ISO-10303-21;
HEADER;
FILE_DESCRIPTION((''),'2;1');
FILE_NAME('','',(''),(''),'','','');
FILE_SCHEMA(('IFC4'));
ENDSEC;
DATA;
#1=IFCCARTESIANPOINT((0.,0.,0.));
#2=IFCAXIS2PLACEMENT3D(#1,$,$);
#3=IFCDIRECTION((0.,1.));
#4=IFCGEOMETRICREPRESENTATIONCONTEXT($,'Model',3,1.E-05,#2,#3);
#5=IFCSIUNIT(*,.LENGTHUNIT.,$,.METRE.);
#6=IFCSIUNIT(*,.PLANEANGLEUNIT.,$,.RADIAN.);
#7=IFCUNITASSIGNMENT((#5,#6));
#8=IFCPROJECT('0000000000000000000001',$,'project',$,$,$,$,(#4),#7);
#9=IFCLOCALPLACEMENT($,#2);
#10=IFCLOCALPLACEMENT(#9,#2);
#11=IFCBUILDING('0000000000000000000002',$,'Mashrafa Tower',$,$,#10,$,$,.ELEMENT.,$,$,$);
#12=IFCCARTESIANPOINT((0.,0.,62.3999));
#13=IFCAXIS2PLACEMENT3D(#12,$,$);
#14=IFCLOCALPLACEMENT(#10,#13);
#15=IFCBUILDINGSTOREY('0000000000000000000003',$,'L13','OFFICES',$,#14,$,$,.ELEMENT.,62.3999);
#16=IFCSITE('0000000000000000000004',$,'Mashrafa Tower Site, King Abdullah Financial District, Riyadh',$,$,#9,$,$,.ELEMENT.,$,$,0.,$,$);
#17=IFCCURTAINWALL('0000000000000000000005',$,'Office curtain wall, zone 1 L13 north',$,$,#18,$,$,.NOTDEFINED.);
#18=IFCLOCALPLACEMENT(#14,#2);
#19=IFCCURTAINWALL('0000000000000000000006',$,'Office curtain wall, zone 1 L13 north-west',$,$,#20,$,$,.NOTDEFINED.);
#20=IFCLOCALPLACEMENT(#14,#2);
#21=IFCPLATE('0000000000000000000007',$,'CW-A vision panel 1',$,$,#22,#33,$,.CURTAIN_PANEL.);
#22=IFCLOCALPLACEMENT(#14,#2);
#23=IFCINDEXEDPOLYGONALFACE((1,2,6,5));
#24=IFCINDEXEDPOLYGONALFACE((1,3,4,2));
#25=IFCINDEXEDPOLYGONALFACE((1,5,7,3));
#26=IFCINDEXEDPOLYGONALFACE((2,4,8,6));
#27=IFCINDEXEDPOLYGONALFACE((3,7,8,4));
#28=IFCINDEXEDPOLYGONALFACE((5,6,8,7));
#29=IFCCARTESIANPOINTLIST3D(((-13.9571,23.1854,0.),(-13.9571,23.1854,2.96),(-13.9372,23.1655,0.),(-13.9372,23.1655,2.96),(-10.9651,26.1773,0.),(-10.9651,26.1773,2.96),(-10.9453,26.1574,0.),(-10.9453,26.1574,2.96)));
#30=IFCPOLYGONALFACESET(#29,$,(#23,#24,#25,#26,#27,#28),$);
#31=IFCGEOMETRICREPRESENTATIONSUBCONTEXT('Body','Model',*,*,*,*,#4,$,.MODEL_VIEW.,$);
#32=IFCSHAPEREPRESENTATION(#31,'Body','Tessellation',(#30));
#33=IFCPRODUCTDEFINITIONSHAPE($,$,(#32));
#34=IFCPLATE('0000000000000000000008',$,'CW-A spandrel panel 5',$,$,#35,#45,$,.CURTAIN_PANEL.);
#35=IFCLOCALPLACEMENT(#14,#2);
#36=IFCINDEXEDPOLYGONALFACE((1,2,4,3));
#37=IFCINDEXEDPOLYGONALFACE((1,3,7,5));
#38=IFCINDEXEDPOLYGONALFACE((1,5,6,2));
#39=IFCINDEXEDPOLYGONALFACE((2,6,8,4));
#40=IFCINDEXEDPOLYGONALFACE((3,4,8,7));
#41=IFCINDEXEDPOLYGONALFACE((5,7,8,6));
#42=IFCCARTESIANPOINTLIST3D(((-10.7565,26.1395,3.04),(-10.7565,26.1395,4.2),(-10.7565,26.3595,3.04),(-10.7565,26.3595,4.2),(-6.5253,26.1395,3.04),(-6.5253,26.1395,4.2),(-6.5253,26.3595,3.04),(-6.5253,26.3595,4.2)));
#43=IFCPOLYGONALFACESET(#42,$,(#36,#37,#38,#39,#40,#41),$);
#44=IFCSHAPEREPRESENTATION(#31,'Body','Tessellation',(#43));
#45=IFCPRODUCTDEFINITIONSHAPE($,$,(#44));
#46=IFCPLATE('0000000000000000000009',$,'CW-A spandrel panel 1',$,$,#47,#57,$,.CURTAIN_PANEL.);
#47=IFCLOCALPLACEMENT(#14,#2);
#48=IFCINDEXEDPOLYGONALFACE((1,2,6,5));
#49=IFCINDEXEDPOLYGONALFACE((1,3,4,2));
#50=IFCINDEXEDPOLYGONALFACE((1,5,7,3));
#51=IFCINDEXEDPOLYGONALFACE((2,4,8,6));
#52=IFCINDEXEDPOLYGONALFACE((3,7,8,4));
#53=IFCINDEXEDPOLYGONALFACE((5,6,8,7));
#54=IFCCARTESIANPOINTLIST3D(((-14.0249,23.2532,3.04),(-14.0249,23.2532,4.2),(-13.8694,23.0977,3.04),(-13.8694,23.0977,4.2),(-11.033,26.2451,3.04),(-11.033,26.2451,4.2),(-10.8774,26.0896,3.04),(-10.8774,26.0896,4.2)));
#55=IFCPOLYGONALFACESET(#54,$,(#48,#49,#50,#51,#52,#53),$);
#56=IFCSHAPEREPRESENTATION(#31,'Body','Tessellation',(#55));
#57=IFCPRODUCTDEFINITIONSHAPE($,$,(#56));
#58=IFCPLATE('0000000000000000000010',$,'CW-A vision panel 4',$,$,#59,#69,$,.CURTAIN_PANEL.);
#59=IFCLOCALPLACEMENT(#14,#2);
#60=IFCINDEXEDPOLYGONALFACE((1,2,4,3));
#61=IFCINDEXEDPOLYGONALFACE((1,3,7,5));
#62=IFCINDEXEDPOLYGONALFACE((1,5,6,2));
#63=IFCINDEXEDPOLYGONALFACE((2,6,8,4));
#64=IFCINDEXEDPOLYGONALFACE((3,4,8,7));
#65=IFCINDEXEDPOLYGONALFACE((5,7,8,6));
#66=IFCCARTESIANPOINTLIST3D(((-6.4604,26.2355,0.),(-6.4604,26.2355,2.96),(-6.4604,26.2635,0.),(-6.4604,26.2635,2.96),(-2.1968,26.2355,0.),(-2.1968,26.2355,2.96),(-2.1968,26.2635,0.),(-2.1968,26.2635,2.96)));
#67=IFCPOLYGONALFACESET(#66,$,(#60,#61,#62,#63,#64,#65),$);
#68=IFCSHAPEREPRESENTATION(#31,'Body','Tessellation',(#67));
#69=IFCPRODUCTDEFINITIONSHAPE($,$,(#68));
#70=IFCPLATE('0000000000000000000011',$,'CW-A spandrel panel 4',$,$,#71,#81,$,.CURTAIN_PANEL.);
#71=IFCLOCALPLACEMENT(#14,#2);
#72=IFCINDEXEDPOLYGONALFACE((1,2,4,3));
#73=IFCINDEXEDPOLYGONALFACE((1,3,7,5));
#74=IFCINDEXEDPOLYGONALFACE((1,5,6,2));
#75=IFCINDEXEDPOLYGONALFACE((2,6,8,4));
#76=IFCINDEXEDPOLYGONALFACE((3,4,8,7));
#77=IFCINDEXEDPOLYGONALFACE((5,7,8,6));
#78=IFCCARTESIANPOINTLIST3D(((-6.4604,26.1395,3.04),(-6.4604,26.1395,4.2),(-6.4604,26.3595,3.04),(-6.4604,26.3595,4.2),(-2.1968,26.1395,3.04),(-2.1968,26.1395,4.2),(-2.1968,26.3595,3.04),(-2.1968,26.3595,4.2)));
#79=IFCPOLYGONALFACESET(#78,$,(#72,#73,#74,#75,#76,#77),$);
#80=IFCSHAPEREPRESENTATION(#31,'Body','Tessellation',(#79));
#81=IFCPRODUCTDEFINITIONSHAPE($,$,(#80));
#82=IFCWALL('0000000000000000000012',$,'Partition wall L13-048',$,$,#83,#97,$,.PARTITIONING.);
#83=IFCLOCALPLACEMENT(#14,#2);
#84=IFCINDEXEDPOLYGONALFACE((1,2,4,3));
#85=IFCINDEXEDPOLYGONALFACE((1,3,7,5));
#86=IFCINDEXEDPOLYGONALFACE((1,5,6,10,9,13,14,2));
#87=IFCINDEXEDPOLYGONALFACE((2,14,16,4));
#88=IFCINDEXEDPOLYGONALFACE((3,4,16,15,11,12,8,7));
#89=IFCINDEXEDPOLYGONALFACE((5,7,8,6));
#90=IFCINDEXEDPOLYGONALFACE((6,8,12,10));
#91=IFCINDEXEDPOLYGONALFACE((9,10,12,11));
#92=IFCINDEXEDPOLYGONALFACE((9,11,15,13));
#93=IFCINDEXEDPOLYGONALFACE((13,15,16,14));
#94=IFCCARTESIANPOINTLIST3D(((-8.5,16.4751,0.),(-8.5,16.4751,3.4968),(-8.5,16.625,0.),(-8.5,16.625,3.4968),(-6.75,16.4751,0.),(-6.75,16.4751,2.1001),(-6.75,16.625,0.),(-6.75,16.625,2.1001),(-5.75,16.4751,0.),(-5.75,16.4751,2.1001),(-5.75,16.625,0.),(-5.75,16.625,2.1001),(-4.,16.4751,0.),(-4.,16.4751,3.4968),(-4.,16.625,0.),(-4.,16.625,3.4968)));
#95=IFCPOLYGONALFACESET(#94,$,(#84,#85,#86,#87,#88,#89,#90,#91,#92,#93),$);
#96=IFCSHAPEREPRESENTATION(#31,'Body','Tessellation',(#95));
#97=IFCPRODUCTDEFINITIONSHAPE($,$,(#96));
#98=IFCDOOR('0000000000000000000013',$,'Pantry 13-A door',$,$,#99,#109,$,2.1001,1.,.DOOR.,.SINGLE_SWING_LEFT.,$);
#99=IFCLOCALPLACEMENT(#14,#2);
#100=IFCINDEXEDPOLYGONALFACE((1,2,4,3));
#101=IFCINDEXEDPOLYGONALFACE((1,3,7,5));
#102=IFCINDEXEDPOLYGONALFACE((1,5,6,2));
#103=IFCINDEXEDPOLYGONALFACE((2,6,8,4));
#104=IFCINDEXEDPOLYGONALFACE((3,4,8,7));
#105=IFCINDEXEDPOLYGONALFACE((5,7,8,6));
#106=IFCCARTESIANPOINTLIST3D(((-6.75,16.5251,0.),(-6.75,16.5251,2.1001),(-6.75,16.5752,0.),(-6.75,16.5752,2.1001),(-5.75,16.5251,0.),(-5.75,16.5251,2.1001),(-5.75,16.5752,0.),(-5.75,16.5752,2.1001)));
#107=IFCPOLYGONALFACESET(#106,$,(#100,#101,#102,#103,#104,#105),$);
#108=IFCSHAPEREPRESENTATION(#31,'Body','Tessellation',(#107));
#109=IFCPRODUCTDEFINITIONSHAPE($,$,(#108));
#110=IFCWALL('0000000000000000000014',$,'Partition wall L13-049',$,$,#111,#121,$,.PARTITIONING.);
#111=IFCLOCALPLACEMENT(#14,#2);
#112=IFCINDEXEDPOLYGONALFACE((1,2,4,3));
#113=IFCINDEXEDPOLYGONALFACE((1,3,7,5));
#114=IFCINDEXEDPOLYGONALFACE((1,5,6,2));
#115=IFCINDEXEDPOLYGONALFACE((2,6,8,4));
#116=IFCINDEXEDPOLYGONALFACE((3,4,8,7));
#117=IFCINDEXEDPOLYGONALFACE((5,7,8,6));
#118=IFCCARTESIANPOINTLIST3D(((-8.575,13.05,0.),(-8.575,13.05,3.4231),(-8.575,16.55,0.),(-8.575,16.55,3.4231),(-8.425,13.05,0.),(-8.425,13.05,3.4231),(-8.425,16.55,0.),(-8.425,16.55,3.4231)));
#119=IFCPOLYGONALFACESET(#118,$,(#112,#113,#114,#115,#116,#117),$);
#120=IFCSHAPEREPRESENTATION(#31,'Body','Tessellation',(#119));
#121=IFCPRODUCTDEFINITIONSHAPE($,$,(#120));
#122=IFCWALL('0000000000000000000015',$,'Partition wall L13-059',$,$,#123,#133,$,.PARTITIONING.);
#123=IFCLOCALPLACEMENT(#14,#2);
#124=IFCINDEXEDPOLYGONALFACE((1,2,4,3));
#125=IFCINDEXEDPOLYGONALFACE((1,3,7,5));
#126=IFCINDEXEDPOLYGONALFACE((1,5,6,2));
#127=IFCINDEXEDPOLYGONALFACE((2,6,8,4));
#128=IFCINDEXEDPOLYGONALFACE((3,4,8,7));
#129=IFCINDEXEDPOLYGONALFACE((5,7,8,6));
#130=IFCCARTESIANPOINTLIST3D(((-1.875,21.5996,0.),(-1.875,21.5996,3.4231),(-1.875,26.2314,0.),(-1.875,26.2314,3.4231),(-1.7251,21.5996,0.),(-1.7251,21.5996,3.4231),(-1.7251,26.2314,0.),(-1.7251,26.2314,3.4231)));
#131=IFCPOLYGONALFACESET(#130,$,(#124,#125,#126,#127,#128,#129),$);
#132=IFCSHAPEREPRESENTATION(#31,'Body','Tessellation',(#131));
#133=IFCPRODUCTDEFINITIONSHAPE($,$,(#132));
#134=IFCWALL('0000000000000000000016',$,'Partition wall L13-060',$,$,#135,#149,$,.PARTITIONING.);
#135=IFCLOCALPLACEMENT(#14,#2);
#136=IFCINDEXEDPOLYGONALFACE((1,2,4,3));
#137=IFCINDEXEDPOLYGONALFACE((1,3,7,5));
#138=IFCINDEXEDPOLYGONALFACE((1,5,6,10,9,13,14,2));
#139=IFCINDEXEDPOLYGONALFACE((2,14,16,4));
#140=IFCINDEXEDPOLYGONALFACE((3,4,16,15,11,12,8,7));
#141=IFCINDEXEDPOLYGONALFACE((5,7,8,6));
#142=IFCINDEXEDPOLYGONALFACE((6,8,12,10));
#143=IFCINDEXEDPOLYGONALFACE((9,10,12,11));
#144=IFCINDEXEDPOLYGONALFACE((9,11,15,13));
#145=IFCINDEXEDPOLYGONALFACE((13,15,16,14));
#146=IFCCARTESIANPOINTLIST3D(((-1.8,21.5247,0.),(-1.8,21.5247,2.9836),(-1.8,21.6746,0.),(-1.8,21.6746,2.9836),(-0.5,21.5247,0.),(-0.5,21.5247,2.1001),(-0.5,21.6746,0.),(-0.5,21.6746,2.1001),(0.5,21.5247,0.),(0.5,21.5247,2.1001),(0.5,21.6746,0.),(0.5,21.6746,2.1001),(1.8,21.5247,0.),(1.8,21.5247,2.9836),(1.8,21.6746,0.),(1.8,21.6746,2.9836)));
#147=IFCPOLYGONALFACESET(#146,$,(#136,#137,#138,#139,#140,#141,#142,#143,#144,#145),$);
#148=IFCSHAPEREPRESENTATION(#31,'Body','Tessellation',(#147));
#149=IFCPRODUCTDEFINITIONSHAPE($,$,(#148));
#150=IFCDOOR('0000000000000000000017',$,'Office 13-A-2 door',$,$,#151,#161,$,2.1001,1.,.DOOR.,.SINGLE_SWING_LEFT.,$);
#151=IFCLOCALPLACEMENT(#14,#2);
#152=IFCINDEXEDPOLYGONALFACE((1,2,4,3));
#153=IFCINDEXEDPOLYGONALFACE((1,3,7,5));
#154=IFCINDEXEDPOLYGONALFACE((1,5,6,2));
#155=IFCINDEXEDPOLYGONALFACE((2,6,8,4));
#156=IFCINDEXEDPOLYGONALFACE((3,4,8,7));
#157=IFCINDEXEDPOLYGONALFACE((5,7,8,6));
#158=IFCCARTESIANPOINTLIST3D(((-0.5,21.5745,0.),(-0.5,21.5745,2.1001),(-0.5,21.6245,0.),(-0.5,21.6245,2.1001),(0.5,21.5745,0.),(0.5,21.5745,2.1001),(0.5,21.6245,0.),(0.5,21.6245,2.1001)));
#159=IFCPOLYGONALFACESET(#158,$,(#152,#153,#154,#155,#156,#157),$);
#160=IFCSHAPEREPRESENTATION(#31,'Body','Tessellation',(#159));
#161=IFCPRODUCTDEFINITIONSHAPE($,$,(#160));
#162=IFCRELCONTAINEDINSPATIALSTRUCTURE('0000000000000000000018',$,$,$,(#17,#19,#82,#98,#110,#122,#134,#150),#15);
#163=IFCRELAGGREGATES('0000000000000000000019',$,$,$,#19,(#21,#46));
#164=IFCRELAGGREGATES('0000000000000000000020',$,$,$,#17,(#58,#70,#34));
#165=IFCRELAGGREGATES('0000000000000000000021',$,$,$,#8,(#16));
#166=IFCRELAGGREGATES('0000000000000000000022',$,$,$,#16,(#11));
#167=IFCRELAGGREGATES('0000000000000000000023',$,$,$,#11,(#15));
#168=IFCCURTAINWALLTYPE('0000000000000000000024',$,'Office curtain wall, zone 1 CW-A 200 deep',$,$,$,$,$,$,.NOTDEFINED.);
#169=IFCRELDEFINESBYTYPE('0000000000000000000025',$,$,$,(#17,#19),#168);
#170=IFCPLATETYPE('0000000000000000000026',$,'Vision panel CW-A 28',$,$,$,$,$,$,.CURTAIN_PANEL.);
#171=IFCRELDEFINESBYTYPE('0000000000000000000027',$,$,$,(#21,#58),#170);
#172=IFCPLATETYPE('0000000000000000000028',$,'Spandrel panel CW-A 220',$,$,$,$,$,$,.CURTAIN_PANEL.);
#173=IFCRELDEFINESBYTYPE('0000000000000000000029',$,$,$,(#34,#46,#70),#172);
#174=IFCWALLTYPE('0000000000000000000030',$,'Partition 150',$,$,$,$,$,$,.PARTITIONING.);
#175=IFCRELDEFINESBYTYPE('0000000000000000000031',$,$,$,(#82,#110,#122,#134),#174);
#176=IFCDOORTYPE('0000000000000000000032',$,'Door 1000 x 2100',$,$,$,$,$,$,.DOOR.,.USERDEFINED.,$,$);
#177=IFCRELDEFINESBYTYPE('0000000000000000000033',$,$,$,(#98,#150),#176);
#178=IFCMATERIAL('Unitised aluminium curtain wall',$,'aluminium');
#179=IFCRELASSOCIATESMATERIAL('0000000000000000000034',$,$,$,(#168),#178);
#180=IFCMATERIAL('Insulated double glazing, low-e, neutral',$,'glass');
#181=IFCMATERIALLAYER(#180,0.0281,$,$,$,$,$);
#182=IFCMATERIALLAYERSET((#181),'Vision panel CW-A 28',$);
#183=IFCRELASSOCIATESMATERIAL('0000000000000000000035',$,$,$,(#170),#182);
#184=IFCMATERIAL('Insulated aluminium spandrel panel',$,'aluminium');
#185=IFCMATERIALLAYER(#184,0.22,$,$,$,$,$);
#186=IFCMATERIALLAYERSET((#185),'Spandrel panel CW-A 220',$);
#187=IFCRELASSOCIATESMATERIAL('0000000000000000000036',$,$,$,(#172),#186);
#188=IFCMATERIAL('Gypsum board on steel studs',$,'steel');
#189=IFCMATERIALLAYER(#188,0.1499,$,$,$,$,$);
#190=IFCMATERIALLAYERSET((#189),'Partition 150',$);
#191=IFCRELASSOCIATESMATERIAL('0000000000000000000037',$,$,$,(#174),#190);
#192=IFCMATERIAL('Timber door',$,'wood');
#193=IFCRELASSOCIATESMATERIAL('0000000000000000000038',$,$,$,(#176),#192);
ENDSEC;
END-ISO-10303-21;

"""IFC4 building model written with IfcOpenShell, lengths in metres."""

from ifc_helpers import new_model, si_unit, direction, frame, frame_2d, origin, origin_2d, place, context, subcontext, project, spatial, rectangle, extrude, source, transform, mapped, material, layer, layer_set, type_object, type_shapes, element, fill, aggregate, save


model = new_model("IFC4")

# Units and contexts
model_context = context("Model", 3, precision=1e-05, world=origin(), true_north=direction((0.0, 1.0)))
body_context = subcontext(model_context, "Body", "Model", "MODEL_VIEW")
ifc_project = project(units=[si_unit("LENGTHUNIT", "METRE"), si_unit("PLANEANGLEUNIT", "RADIAN")], contexts=[model_context])

# Site, building, storey
site_placement = place(None, origin())
site = spatial("IfcSite", under=ifc_project, at=site_placement, Name="Mashrafa Tower Site, King Abdullah Financial District, Riyadh", CompositionType="ELEMENT", RefElevation=0.0)
building_placement = place(site_placement, origin())
building = spatial("IfcBuilding", under=site, at=building_placement, Name="Mashrafa Tower", CompositionType="ELEMENT")
storey_placement = place(building_placement, frame((0.0, 0.0, 62.3999)))
storey = spatial("IfcBuildingStorey", under=building, at=storey_placement, Name="L13", Description="OFFICES", CompositionType="ELEMENT", Elevation=62.3999)

# Curtain walls
ifc_material_1 = material(Name="Unitised aluminium curtain wall", Category="aluminium")
curtain_wall_type = type_object("IfcCurtainWallType", Name="Office curtain wall, zone 1 CW-A 200 deep", PredefinedType="NOTDEFINED", material=ifc_material_1)
curtain_wall_1_placement = place(storey_placement, origin())
curtain_wall_1 = element("IfcCurtainWall", 1, at=curtain_wall_1_placement, inside=storey, type_object=curtain_wall_type, Name="Office curtain wall, zone 1 L13 north", PredefinedType="NOTDEFINED")
curtain_wall_2_placement = place(storey_placement, origin())
curtain_wall_2 = element("IfcCurtainWall", 2, at=curtain_wall_2_placement, inside=storey, type_object=curtain_wall_type, Name="Office curtain wall, zone 1 L13 north-west", PredefinedType="NOTDEFINED")

# Plates
ifc_material_2 = material(Name="Insulated double glazing, low-e, neutral", Category="glass")
ifc_layer_1 = layer(ifc_material_2, 0.0281)
ifc_layer_set_1 = layer_set([ifc_layer_1], Name="Vision panel CW-A 28")
plate_type_1 = type_object("IfcPlateType", Name="Vision panel CW-A 28", PredefinedType="CURTAIN_PANEL", material=ifc_layer_set_1)
shared_shape_1 = source(origin(), body_context, "Body", "SweptSolid", [
    extrude(rectangle(XDim=4.2312, YDim=0.0281, at=origin_2d()), origin(), (0.0, 0.0, 1.0), 2.96),
])
plate_1_placement = place(storey_placement, frame((-12.4512, 24.6714, 0.0), z_axis=(0.0, 0.0, 1.0), x_axis=(-0.707107, -0.707107, 0.0)))
plate_1 = element("IfcPlate", 3, at=plate_1_placement, type_object=plate_type_1, Name="CW-A vision panel 1", PredefinedType="CURTAIN_PANEL", context=body_context, shape_type="MappedRepresentation", body=[
    mapped(shared_shape_1, transform((0.0, 0.0, 0.0))),
])
ifc_material_3 = material(Name="Insulated aluminium spandrel panel", Category="aluminium")
ifc_layer_2 = layer(ifc_material_3, 0.22)
ifc_layer_set_2 = layer_set([ifc_layer_2], Name="Spandrel panel CW-A 220")
plate_type_2 = type_object("IfcPlateType", Name="Spandrel panel CW-A 220", PredefinedType="CURTAIN_PANEL", material=ifc_layer_set_2)
shared_shape_2 = source(origin(), body_context, "Body", "SweptSolid", [
    extrude(rectangle(XDim=4.2312, YDim=0.22, at=origin_2d()), origin(), (0.0, 0.0, 1.0), 1.1599),
])
plate_2_placement = place(storey_placement, frame((-8.6409, 26.2495, 3.04), z_axis=(0.0, 0.0, 1.0), x_axis=(-1.0, 0.0, 0.0)))
plate_2 = element("IfcPlate", 4, at=plate_2_placement, type_object=plate_type_2, Name="CW-A spandrel panel 5", PredefinedType="CURTAIN_PANEL", context=body_context, shape_type="MappedRepresentation", body=[
    mapped(shared_shape_2, transform((0.0, 0.0, 0.0))),
])
plate_3_placement = place(storey_placement, frame((-12.4512, 24.6714, 3.04), z_axis=(0.0, 0.0, 1.0), x_axis=(-0.707107, -0.707107, 0.0)))
plate_3 = element("IfcPlate", 5, at=plate_3_placement, type_object=plate_type_2, Name="CW-A spandrel panel 1", PredefinedType="CURTAIN_PANEL", context=body_context, shape_type="MappedRepresentation", body=[
    mapped(shared_shape_2, transform((0.0, 0.0, 0.0))),
])
aggregate(curtain_wall_2, [plate_1, plate_3])
shared_shape_3 = source(origin(), body_context, "Body", "SweptSolid", [
    extrude(rectangle(XDim=4.2637, YDim=0.0281, at=origin_2d()), origin(), (0.0, 0.0, 1.0), 2.96),
])
type_shapes(plate_type_1, [shared_shape_1, shared_shape_3])
plate_4_placement = place(storey_placement, frame((-4.3286, 26.2495, 0.0), z_axis=(0.0, 0.0, 1.0), x_axis=(-1.0, 0.0, 0.0)))
plate_4 = element("IfcPlate", 6, at=plate_4_placement, type_object=plate_type_1, Name="CW-A vision panel 4", PredefinedType="CURTAIN_PANEL", context=body_context, shape_type="MappedRepresentation", body=[
    mapped(shared_shape_3, transform((0.0, 0.0, 0.0))),
])
shared_shape_4 = source(origin(), body_context, "Body", "SweptSolid", [
    extrude(rectangle(XDim=4.2637, YDim=0.22, at=origin_2d()), origin(), (0.0, 0.0, 1.0), 1.1599),
])
type_shapes(plate_type_2, [shared_shape_2, shared_shape_4])
plate_5_placement = place(storey_placement, frame((-4.3286, 26.2495, 3.04), z_axis=(0.0, 0.0, 1.0), x_axis=(-1.0, 0.0, 0.0)))
plate_5 = element("IfcPlate", 7, at=plate_5_placement, type_object=plate_type_2, Name="CW-A spandrel panel 4", PredefinedType="CURTAIN_PANEL", context=body_context, shape_type="MappedRepresentation", body=[
    mapped(shared_shape_4, transform((0.0, 0.0, 0.0))),
])
aggregate(curtain_wall_1, [plate_4, plate_5, plate_2])

# Wall, opening, door
ifc_material_4 = material(Name="Gypsum board on steel studs", Category="steel")
ifc_layer_3 = layer(ifc_material_4, 0.1499)
ifc_layer_set_3 = layer_set([ifc_layer_3], Name="Partition 150")
wall_type = type_object("IfcWallType", Name="Partition 150", PredefinedType="PARTITIONING", material=ifc_layer_set_3)
wall_1_placement = place(storey_placement, frame((-4.0, 16.55, 0.0), z_axis=(0.0, 0.0, 1.0), x_axis=(-1.0, 0.0, 0.0)))
wall_1 = element("IfcWall", 8, at=wall_1_placement, inside=storey, type_object=wall_type, Name="Partition wall L13-048", PredefinedType="PARTITIONING", context=body_context, shape_type="SweptSolid", body=[
    extrude(rectangle(XDim=4.5, YDim=0.1499, at=frame_2d((2.25, 0.0))), origin(), (0.0, 0.0, 1.0), 3.4968),
])
opening_1_placement = place(wall_1_placement, frame((1.75, 0.0, 0.0)))
opening_1 = element("IfcOpeningElement", 9, at=opening_1_placement, cuts=wall_1, PredefinedType="OPENING", context=body_context, shape_type="SweptSolid", body=[
    extrude(rectangle(XDim=1.0, YDim=2.1001, at=frame_2d((0.5, 1.05))), frame((0.0, 0.085, 0.0), z_axis=(0.0, -1.0, 0.0), x_axis=(1.0, 0.0, 0.0)), (0.0, 0.0, 1.0), 0.1699),
])
ifc_material_5 = material(Name="Timber door", Category="wood")
door_type = type_object("IfcDoorType", Name="Door 1000 x 2100", OperationType="USERDEFINED", PredefinedType="DOOR", material=ifc_material_5)
door_1_placement = place(opening_1_placement, origin())
door_1 = element("IfcDoor", 10, at=door_1_placement, inside=storey, type_object=door_type, Name="Pantry 13-A door", OperationType="SINGLE_SWING_LEFT", OverallHeight=2.1001, OverallWidth=1.0, PredefinedType="DOOR", context=body_context, shape_type="SweptSolid", body=[
    extrude(rectangle(XDim=1.0, YDim=2.1001, at=frame_2d((0.5, 1.05))), frame((0.0, 0.0249, 0.0), z_axis=(0.0, -1.0, 0.0), x_axis=(1.0, 0.0, 0.0)), (0.0, 0.0, 1.0), 0.05),
])
fill(opening_1, door_1)

# Walls
wall_2_placement = place(storey_placement, frame((-8.5, 16.55, 0.0), z_axis=(0.0, 0.0, 1.0), x_axis=(0.0, -1.0, 0.0)))
element("IfcWall", 11, at=wall_2_placement, inside=storey, type_object=wall_type, Name="Partition wall L13-049", PredefinedType="PARTITIONING", context=body_context, shape_type="SweptSolid", body=[
    extrude(rectangle(XDim=3.5, YDim=0.1499, at=frame_2d((1.75, 0.0))), origin(), (0.0, 0.0, 1.0), 3.4231),
])
wall_3_placement = place(storey_placement, frame((-1.8, 26.2314, 0.0), z_axis=(0.0, 0.0, 1.0), x_axis=(0.0, -1.0, 0.0)))
element("IfcWall", 12, at=wall_3_placement, inside=storey, type_object=wall_type, Name="Partition wall L13-059", PredefinedType="PARTITIONING", context=body_context, shape_type="SweptSolid", body=[
    extrude(rectangle(XDim=4.6318, YDim=0.1499, at=frame_2d((2.3159, 0.0))), origin(), (0.0, 0.0, 1.0), 3.4231),
])

# Wall, opening, door
wall_4_placement = place(storey_placement, frame((-1.8, 21.5996, 0.0), z_axis=(0.0, 0.0, 1.0), x_axis=(1.0, 0.0, 0.0)))
wall_4 = element("IfcWall", 13, at=wall_4_placement, inside=storey, type_object=wall_type, Name="Partition wall L13-060", PredefinedType="PARTITIONING", context=body_context, shape_type="SweptSolid", body=[
    extrude(rectangle(XDim=3.6001, YDim=0.1499, at=frame_2d((1.8, 0.0))), origin(), (0.0, 0.0, 1.0), 2.9836),
])
opening_2_placement = place(wall_4_placement, frame((1.3, 0.0, 0.0)))
opening_2 = element("IfcOpeningElement", 14, at=opening_2_placement, cuts=wall_4, PredefinedType="OPENING", context=body_context, shape_type="SweptSolid", body=[
    extrude(rectangle(XDim=1.0, YDim=2.1001, at=frame_2d((0.5, 1.05))), frame((0.0, 0.085, 0.0), z_axis=(0.0, -1.0, 0.0), x_axis=(1.0, 0.0, 0.0)), (0.0, 0.0, 1.0), 0.1699),
])
door_2_placement = place(opening_2_placement, origin())
door_2 = element("IfcDoor", 15, at=door_2_placement, inside=storey, type_object=door_type, Name="Office 13-A-2 door", OperationType="SINGLE_SWING_LEFT", OverallHeight=2.1001, OverallWidth=1.0, PredefinedType="DOOR", context=body_context, shape_type="SweptSolid", body=[
    extrude(rectangle(XDim=1.0, YDim=2.1001, at=frame_2d((0.5, 1.05))), frame((0.0, 0.0249, 0.0), z_axis=(0.0, -1.0, 0.0), x_axis=(1.0, 0.0, 0.0)), (0.0, 0.0, 1.0), 0.05),
])
fill(opening_2, door_2)

save(model, "model.ifc")
